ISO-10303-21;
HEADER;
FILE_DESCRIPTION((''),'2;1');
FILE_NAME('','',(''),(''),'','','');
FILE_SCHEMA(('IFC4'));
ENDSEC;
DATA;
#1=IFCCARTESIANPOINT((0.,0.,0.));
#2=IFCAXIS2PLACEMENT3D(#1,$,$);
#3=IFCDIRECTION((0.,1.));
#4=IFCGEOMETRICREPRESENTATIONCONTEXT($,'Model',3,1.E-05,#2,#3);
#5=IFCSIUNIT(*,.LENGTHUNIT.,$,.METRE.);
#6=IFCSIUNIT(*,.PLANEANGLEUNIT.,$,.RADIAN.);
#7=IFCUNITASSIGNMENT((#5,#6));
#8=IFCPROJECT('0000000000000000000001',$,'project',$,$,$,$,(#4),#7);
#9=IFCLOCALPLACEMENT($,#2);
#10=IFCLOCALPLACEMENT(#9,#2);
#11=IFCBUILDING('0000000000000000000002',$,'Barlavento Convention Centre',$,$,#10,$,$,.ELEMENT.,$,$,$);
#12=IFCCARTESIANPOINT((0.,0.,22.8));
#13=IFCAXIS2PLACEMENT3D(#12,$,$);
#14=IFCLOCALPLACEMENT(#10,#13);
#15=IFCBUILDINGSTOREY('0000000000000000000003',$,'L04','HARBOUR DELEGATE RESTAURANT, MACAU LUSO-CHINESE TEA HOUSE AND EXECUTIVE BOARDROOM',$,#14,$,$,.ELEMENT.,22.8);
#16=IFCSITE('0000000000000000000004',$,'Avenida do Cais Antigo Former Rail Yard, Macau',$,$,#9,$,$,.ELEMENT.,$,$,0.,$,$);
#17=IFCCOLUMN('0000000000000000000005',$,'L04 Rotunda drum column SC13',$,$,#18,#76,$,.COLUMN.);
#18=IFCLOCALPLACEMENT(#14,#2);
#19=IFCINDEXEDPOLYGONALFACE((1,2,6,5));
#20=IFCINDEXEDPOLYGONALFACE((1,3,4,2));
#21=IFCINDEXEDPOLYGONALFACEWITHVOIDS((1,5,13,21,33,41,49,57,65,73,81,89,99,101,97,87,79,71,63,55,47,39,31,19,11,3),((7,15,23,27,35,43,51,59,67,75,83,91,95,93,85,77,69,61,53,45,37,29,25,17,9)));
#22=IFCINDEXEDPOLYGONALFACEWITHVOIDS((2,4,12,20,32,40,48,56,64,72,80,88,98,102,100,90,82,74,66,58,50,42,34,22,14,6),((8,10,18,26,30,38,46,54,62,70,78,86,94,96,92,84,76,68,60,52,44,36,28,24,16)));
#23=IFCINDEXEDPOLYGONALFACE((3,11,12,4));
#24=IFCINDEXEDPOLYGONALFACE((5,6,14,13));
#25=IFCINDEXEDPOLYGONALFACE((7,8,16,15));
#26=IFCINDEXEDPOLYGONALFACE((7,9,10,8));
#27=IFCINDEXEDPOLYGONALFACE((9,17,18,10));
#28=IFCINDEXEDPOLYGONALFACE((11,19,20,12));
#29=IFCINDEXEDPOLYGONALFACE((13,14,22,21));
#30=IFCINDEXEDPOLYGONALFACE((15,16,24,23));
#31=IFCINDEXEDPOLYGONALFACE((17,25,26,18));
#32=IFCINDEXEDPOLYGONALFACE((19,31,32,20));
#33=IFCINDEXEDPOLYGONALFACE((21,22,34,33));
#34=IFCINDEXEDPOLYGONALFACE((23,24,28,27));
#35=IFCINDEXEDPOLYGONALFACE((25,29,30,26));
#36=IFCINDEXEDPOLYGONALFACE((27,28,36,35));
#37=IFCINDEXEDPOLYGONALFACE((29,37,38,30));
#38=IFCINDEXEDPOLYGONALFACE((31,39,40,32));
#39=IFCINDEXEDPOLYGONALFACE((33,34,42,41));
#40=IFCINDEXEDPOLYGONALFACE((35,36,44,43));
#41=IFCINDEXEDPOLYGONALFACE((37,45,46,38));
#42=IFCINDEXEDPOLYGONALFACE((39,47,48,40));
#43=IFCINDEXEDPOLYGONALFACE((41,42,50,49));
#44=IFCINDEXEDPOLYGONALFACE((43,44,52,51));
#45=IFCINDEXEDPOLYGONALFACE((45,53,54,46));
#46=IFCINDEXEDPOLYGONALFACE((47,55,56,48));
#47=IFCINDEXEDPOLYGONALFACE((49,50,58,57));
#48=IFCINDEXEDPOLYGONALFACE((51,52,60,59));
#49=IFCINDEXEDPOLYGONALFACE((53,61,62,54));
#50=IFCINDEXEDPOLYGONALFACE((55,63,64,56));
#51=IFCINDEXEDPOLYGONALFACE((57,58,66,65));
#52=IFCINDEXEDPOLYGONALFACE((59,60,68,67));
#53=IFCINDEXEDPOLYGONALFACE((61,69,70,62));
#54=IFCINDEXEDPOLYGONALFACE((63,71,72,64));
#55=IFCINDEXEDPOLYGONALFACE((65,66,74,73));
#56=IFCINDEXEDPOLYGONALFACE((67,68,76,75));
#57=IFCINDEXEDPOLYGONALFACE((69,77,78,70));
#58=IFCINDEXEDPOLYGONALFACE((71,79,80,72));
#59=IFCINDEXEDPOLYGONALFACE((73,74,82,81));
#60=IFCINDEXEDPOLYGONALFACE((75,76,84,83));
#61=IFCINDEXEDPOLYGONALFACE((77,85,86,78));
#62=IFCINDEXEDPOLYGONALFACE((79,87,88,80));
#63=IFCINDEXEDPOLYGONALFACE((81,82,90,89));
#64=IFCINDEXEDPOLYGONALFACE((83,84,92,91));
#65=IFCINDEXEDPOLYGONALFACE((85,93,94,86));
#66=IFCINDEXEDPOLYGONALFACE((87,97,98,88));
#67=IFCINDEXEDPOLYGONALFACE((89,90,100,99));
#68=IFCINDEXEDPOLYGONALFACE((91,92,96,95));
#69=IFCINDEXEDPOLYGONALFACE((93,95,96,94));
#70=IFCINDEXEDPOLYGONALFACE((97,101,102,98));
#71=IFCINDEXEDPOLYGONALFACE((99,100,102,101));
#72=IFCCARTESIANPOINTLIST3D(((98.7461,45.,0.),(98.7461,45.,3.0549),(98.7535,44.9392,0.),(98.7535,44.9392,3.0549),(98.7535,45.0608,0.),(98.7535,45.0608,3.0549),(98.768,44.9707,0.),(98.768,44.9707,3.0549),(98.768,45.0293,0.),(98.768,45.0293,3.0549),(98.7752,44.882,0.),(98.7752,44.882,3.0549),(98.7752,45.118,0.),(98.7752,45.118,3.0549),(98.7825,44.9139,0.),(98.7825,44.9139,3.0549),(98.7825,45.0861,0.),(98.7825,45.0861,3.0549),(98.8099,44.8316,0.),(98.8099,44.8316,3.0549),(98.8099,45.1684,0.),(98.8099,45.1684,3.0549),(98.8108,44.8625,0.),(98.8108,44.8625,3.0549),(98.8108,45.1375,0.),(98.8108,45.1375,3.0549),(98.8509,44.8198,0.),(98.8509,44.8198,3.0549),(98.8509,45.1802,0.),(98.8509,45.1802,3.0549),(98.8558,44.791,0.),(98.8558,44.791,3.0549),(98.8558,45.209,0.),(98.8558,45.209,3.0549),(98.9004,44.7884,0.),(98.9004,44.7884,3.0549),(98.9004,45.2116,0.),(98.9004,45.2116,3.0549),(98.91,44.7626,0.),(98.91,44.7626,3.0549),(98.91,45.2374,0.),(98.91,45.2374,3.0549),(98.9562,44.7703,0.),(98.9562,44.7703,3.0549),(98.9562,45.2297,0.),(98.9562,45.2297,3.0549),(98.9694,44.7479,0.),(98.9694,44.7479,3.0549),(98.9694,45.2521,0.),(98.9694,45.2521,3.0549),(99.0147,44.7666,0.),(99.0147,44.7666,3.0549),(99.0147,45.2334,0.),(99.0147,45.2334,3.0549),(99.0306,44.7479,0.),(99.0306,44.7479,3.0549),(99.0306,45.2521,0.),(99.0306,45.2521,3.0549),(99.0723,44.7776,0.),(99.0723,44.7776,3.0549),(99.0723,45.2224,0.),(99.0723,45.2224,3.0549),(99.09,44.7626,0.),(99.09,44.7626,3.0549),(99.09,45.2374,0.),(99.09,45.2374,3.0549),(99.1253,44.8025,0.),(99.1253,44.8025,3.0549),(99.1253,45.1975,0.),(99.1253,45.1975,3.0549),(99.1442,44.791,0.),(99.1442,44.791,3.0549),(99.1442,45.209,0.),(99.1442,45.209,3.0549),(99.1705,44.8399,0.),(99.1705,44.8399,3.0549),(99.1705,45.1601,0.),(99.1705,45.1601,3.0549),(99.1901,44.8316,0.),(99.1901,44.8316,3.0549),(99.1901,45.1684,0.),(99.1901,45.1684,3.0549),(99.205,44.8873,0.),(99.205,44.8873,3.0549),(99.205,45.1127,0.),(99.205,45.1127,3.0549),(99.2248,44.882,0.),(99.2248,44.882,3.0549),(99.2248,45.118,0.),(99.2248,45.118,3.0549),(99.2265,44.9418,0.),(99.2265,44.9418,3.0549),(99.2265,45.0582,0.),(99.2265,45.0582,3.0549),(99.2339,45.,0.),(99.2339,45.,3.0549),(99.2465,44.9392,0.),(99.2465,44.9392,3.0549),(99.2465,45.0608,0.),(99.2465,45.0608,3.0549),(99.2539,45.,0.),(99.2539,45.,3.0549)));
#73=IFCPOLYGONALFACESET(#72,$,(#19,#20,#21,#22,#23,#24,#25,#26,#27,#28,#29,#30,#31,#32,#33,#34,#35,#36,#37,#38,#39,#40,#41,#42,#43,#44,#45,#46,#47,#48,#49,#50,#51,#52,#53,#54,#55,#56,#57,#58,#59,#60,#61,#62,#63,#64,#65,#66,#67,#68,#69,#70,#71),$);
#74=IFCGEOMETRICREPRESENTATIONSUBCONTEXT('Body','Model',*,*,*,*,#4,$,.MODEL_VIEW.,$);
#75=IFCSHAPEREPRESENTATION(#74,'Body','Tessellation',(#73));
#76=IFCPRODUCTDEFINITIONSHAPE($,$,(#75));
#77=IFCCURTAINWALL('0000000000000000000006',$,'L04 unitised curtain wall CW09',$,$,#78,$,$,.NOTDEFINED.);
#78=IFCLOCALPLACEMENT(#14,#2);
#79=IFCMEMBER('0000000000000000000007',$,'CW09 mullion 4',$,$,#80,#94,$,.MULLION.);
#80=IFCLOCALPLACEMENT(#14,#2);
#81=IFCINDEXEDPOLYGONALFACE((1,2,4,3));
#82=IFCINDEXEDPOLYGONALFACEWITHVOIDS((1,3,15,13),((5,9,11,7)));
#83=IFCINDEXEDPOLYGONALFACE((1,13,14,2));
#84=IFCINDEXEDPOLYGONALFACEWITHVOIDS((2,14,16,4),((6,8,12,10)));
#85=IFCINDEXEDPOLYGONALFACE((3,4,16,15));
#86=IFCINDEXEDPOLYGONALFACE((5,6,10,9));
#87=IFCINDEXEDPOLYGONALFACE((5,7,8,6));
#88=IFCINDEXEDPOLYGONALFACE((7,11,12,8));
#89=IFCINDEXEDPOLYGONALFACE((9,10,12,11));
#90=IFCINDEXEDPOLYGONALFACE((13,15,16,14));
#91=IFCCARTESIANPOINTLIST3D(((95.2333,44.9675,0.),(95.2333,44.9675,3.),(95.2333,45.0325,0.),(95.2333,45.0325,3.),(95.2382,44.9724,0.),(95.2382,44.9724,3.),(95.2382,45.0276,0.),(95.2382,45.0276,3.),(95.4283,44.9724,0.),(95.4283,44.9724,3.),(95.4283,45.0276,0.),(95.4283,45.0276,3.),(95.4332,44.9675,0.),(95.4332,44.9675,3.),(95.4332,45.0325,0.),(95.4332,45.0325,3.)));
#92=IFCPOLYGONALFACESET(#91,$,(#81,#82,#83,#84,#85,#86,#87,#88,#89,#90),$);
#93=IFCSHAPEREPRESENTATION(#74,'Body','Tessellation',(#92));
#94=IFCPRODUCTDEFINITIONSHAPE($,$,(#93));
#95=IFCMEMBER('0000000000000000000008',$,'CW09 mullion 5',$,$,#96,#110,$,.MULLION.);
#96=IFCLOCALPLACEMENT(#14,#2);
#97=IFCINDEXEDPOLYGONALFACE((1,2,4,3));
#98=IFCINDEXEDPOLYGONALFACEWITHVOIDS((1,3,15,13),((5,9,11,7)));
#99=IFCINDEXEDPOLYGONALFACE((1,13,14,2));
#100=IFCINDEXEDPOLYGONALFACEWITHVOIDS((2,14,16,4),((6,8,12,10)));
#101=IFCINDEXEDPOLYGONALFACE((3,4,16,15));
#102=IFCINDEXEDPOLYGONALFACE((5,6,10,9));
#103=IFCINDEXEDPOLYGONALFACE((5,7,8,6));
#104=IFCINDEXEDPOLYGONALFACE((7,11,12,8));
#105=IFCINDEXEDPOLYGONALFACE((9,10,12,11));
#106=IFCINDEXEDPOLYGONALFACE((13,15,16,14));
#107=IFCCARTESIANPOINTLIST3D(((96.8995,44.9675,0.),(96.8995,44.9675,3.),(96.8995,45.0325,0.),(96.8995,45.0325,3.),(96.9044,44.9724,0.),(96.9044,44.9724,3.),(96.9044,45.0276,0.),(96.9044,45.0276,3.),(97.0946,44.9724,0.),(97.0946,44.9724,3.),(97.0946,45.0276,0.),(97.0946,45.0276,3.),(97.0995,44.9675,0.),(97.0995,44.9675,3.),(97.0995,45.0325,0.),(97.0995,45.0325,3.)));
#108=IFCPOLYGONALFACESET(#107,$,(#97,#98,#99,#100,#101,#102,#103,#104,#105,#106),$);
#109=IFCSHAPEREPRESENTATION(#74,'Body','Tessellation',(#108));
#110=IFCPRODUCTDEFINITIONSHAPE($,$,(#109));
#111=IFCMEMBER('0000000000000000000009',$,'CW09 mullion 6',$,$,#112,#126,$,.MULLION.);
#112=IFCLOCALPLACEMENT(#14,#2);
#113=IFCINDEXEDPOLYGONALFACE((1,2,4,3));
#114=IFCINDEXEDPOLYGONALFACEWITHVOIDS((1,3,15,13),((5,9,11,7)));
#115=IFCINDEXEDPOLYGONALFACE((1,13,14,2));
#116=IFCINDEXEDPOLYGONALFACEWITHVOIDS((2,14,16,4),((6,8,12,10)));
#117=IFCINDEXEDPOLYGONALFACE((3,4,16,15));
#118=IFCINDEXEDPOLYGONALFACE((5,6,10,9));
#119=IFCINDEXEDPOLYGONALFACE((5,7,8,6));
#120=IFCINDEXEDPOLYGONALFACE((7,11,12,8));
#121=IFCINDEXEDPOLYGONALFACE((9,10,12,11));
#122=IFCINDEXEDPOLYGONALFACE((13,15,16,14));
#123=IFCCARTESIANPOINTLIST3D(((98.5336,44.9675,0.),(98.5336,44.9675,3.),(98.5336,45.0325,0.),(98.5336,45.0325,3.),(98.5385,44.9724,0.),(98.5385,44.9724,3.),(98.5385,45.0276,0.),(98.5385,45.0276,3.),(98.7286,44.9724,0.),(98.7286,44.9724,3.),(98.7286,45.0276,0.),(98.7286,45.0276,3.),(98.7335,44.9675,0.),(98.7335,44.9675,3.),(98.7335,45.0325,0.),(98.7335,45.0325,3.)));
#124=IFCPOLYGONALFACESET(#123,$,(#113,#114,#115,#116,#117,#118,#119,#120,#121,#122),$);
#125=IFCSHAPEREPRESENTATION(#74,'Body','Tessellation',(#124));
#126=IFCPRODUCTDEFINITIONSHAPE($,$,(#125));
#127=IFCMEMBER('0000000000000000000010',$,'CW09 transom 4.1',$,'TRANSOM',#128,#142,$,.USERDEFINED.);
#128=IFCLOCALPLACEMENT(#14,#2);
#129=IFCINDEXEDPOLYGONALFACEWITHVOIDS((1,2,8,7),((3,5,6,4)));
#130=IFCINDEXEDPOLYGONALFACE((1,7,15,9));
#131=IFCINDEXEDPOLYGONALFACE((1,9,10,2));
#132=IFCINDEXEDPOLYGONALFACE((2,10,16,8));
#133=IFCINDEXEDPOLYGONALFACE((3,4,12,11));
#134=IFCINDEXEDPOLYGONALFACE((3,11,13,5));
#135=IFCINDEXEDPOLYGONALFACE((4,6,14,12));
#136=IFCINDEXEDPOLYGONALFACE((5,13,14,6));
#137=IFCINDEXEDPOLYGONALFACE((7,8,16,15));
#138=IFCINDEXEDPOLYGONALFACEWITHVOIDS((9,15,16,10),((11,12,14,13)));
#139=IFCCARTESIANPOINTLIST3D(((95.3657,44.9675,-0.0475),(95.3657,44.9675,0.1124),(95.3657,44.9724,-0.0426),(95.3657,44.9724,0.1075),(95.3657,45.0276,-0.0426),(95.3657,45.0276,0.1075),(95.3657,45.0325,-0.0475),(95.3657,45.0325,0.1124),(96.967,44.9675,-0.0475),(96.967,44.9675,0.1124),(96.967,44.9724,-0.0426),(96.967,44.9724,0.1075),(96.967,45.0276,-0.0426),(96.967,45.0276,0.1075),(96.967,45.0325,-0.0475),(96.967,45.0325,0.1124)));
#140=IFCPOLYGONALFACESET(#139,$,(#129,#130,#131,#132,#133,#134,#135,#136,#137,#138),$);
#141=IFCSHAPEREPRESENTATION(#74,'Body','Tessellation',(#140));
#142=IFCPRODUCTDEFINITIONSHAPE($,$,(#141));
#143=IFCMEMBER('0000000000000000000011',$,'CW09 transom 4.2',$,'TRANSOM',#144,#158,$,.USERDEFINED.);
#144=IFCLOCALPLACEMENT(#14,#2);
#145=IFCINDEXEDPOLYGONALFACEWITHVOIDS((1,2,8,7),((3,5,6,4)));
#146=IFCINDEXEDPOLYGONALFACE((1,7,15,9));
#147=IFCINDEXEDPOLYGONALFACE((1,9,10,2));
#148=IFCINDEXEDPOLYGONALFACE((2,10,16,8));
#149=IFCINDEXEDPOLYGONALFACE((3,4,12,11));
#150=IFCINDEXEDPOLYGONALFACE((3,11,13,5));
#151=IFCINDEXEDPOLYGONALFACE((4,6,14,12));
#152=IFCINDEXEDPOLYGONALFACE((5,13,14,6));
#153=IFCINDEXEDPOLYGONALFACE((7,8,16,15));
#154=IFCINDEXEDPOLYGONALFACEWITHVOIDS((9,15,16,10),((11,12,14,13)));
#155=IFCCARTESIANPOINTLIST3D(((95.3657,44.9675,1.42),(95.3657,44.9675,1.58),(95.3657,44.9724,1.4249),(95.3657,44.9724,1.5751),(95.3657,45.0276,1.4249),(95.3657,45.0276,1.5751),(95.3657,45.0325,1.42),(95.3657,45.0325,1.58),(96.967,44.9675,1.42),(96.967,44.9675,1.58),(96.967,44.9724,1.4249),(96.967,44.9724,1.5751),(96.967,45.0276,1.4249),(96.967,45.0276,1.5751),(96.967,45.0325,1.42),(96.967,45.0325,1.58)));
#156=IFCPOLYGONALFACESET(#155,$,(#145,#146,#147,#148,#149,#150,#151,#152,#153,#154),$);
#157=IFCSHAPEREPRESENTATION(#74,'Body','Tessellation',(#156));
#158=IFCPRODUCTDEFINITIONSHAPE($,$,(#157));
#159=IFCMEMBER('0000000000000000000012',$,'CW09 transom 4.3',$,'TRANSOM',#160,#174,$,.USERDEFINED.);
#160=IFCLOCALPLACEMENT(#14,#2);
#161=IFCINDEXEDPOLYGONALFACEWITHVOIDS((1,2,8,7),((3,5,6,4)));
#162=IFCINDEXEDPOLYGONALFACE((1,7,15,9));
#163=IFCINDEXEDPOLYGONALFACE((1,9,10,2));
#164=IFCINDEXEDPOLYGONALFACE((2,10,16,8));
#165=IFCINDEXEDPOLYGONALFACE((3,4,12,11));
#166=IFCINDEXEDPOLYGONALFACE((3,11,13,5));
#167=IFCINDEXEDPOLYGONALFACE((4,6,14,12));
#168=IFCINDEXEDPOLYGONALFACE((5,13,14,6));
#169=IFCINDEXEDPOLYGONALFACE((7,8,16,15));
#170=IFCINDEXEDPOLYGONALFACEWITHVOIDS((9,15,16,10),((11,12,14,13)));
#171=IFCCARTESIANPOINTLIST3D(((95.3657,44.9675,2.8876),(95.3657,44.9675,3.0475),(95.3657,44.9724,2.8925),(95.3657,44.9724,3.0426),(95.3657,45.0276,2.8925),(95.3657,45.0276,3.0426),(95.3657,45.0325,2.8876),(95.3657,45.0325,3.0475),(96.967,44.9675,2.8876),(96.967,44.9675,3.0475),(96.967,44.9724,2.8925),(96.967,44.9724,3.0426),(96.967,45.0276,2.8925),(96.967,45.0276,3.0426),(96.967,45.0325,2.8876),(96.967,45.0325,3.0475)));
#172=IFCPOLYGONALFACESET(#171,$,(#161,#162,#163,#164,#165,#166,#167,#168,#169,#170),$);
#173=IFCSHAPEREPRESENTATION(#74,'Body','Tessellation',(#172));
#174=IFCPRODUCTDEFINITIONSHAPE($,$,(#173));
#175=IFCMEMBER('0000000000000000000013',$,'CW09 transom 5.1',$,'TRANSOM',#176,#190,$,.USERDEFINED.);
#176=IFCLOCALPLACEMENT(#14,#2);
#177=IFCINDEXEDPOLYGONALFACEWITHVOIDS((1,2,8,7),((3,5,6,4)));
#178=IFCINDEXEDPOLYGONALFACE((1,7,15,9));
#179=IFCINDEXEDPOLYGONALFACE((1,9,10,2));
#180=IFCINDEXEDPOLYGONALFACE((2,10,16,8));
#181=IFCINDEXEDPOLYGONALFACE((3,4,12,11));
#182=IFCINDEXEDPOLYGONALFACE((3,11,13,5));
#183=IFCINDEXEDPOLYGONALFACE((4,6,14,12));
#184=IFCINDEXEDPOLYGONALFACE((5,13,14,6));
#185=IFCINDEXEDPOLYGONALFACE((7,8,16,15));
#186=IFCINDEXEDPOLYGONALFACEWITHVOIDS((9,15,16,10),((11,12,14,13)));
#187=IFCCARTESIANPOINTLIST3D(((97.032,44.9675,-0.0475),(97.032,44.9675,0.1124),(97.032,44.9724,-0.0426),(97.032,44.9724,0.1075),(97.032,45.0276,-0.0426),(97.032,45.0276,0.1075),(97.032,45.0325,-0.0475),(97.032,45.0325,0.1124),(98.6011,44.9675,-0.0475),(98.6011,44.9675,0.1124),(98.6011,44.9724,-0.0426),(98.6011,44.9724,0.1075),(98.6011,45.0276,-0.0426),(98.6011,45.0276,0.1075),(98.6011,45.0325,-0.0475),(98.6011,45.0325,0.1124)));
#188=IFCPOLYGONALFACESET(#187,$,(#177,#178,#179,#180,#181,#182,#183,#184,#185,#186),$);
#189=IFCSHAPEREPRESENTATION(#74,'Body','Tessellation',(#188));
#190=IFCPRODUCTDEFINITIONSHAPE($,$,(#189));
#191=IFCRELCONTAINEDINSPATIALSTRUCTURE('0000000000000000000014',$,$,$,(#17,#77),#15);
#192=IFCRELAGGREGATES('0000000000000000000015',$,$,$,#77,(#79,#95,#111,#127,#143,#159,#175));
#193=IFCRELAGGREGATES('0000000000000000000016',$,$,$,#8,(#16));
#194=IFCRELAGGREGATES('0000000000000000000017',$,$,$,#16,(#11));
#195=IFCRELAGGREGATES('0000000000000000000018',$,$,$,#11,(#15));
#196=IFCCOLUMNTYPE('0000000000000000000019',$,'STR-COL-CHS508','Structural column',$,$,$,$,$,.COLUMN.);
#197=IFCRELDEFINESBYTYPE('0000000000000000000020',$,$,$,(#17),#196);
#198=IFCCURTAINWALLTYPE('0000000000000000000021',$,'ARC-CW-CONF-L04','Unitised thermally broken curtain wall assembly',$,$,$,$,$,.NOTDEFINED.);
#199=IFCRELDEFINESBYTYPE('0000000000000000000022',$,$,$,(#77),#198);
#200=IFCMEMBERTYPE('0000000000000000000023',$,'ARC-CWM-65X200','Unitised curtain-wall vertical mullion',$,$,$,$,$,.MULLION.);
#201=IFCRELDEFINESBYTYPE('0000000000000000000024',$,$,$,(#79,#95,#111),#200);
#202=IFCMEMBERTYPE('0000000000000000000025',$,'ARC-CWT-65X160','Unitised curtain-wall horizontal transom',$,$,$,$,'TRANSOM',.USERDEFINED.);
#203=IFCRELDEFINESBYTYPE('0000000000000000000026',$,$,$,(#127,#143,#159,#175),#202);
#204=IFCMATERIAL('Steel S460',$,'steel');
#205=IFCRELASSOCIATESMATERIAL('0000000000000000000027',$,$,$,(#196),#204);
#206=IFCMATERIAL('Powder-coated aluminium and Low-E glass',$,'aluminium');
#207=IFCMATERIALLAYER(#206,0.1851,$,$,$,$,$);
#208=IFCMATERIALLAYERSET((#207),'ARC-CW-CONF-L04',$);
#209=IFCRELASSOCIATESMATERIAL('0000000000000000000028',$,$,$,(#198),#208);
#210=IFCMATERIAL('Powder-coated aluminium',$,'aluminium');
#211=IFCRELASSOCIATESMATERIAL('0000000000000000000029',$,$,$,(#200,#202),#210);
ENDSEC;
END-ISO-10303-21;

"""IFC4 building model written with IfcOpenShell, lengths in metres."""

from ifc_helpers import new_model, si_unit, direction, frame, origin, origin_2d, place, context, subcontext, project, spatial, hollow_rectangle, hollow_circle, extrude, material, layer, layer_set, material_profile, profile_set, type_object, element, aggregate, save


model = new_model("IFC4")

# Units and contexts
model_context = context("Model", 3, precision=1e-05, world=origin(), true_north=direction((0.0, 1.0)))
body_context = subcontext(model_context, "Body", "Model", "MODEL_VIEW")
ifc_project = project(units=[si_unit("LENGTHUNIT", "METRE"), si_unit("PLANEANGLEUNIT", "RADIAN")], contexts=[model_context])

# Site, building, storey
site_placement = place(None, origin())
site = spatial("IfcSite", under=ifc_project, at=site_placement, Name="Avenida do Cais Antigo Former Rail Yard, Macau", CompositionType="ELEMENT", RefElevation=0.0)
building_placement = place(site_placement, origin())
building = spatial("IfcBuilding", under=site, at=building_placement, Name="Barlavento Convention Centre", CompositionType="ELEMENT")
storey_placement = place(building_placement, frame((0.0, 0.0, 22.8)))
storey = spatial("IfcBuildingStorey", under=building, at=storey_placement, Name="L04", Description="HARBOUR DELEGATE RESTAURANT, MACAU LUSO-CHINESE TEA HOUSE AND EXECUTIVE BOARDROOM", CompositionType="ELEMENT", Elevation=22.8)

# Column
ifc_material_1 = material(Name="Steel S460", Category="steel")
ifc_material_profile_1 = material_profile(ifc_material_1, hollow_circle(Radius=0.2539, WallThickness=0.02, at=origin_2d()), Name="CHS 508.0x20.0")
ifc_profile_set_1 = profile_set([ifc_material_profile_1], Name="Steel S460")
column_type = type_object("IfcColumnType", Name="STR-COL-CHS508", Description="Structural column", PredefinedType="COLUMN", material=ifc_profile_set_1)
column_placement = place(storey_placement, frame((99.0, 45.0, 0.0), z_axis=(0.0, 0.0, 1.0), x_axis=(1.0, 0.0, 0.0)))
element("IfcColumn", 1, at=column_placement, inside=storey, type_object=column_type, Name="L04 Rotunda drum column SC13", PredefinedType="COLUMN", context=body_context, shape_type="SweptSolid", body=[
    extrude(hollow_circle(Radius=0.2539, WallThickness=0.02, at=origin_2d()), origin(), (0.0, 0.0, 1.0), 3.0549),
])

# Curtain wall, members
ifc_material_2 = material(Name="Powder-coated aluminium and Low-E glass", Category="aluminium")
ifc_layer_1 = layer(ifc_material_2, 0.1851)
ifc_layer_set_1 = layer_set([ifc_layer_1], Name="ARC-CW-CONF-L04")
curtain_wall_type = type_object("IfcCurtainWallType", Name="ARC-CW-CONF-L04", Description="Unitised thermally broken curtain wall assembly", PredefinedType="NOTDEFINED", material=ifc_layer_set_1)
curtain_wall_placement = place(storey_placement, origin())
curtain_wall = element("IfcCurtainWall", 2, at=curtain_wall_placement, inside=storey, type_object=curtain_wall_type, Name="L04 unitised curtain wall CW09", PredefinedType="NOTDEFINED")
ifc_material_3 = material(Name="Powder-coated aluminium", Category="aluminium")
ifc_material_profile_2 = material_profile(ifc_material_3, hollow_rectangle(XDim=0.0649, YDim=0.2, WallThickness=0.0049, at=origin_2d()), Name="AL-MULL 65x200x5")
ifc_profile_set_2 = profile_set([ifc_material_profile_2], Name="Powder-coated aluminium")
member_type_1 = type_object("IfcMemberType", Name="ARC-CWM-65X200", Description="Unitised curtain-wall vertical mullion", PredefinedType="MULLION", material=ifc_profile_set_2)
member_1_placement = place(storey_placement, frame((95.3333, 45.0, 0.0), z_axis=(0.0, 0.0, 1.0), x_axis=(0.0, 1.0, 0.0)))
member_1 = element("IfcMember", 3, at=member_1_placement, type_object=member_type_1, Name="CW09 mullion 4", PredefinedType="MULLION", context=body_context, shape_type="SweptSolid", body=[
    extrude(hollow_rectangle(XDim=0.0649, YDim=0.2, WallThickness=0.0049, at=origin_2d()), origin(), (0.0, 0.0, 1.0), 3.0),
])
member_2_placement = place(storey_placement, frame((96.9995, 45.0, 0.0), z_axis=(0.0, 0.0, 1.0), x_axis=(0.0, 1.0, 0.0)))
member_2 = element("IfcMember", 4, at=member_2_placement, type_object=member_type_1, Name="CW09 mullion 5", PredefinedType="MULLION", context=body_context, shape_type="SweptSolid", body=[
    extrude(hollow_rectangle(XDim=0.0649, YDim=0.2, WallThickness=0.0049, at=origin_2d()), origin(), (0.0, 0.0, 1.0), 3.0),
])
member_3_placement = place(storey_placement, frame((98.6335, 45.0, 0.0), z_axis=(0.0, 0.0, 1.0), x_axis=(0.0, 1.0, 0.0)))
member_3 = element("IfcMember", 5, at=member_3_placement, type_object=member_type_1, Name="CW09 mullion 6", PredefinedType="MULLION", context=body_context, shape_type="SweptSolid", body=[
    extrude(hollow_rectangle(XDim=0.0649, YDim=0.2, WallThickness=0.0049, at=origin_2d()), origin(), (0.0, 0.0, 1.0), 3.0),
])
ifc_material_profile_3 = material_profile(ifc_material_3, hollow_rectangle(XDim=0.0649, YDim=0.1599, WallThickness=0.0049, at=origin_2d()), Name="AL-TRAN 65x160x5")
ifc_profile_set_3 = profile_set([ifc_material_profile_3], Name="Powder-coated aluminium")
member_type_2 = type_object("IfcMemberType", Name="ARC-CWT-65X160", Description="Unitised curtain-wall horizontal transom", ElementType="TRANSOM", PredefinedType="USERDEFINED", material=ifc_profile_set_3)
member_4_placement = place(storey_placement, frame((95.3657, 45.0, 0.0325), z_axis=(1.0, 0.0, 0.0), x_axis=(0.0, 1.0, 0.0)))
member_4 = element("IfcMember", 6, at=member_4_placement, type_object=member_type_2, Name="CW09 transom 4.1", ObjectType="TRANSOM", PredefinedType="USERDEFINED", context=body_context, shape_type="SweptSolid", body=[
    extrude(hollow_rectangle(XDim=0.0649, YDim=0.1599, WallThickness=0.0049, at=origin_2d()), origin(), (0.0, 0.0, 1.0), 1.6013),
])
member_5_placement = place(storey_placement, frame((95.3657, 45.0, 1.5), z_axis=(1.0, 0.0, 0.0), x_axis=(0.0, 1.0, 0.0)))
member_5 = element("IfcMember", 7, at=member_5_placement, type_object=member_type_2, Name="CW09 transom 4.2", ObjectType="TRANSOM", PredefinedType="USERDEFINED", context=body_context, shape_type="SweptSolid", body=[
    extrude(hollow_rectangle(XDim=0.0649, YDim=0.1599, WallThickness=0.0049, at=origin_2d()), origin(), (0.0, 0.0, 1.0), 1.6013),
])
member_6_placement = place(storey_placement, frame((95.3657, 45.0, 2.9675), z_axis=(1.0, 0.0, 0.0), x_axis=(0.0, 1.0, 0.0)))
member_6 = element("IfcMember", 8, at=member_6_placement, type_object=member_type_2, Name="CW09 transom 4.3", ObjectType="TRANSOM", PredefinedType="USERDEFINED", context=body_context, shape_type="SweptSolid", body=[
    extrude(hollow_rectangle(XDim=0.0649, YDim=0.1599, WallThickness=0.0049, at=origin_2d()), origin(), (0.0, 0.0, 1.0), 1.6013),
])
member_7_placement = place(storey_placement, frame((97.032, 45.0, 0.0325), z_axis=(1.0, 0.0, 0.0), x_axis=(0.0, 1.0, 0.0)))
member_7 = element("IfcMember", 9, at=member_7_placement, type_object=member_type_2, Name="CW09 transom 5.1", ObjectType="TRANSOM", PredefinedType="USERDEFINED", context=body_context, shape_type="SweptSolid", body=[
    extrude(hollow_rectangle(XDim=0.0649, YDim=0.1599, WallThickness=0.0049, at=origin_2d()), origin(), (0.0, 0.0, 1.0), 1.5691),
])

aggregate(curtain_wall, [member_1, member_2, member_3, member_4, member_5, member_6, member_7])

save(model, "model.ifc")
